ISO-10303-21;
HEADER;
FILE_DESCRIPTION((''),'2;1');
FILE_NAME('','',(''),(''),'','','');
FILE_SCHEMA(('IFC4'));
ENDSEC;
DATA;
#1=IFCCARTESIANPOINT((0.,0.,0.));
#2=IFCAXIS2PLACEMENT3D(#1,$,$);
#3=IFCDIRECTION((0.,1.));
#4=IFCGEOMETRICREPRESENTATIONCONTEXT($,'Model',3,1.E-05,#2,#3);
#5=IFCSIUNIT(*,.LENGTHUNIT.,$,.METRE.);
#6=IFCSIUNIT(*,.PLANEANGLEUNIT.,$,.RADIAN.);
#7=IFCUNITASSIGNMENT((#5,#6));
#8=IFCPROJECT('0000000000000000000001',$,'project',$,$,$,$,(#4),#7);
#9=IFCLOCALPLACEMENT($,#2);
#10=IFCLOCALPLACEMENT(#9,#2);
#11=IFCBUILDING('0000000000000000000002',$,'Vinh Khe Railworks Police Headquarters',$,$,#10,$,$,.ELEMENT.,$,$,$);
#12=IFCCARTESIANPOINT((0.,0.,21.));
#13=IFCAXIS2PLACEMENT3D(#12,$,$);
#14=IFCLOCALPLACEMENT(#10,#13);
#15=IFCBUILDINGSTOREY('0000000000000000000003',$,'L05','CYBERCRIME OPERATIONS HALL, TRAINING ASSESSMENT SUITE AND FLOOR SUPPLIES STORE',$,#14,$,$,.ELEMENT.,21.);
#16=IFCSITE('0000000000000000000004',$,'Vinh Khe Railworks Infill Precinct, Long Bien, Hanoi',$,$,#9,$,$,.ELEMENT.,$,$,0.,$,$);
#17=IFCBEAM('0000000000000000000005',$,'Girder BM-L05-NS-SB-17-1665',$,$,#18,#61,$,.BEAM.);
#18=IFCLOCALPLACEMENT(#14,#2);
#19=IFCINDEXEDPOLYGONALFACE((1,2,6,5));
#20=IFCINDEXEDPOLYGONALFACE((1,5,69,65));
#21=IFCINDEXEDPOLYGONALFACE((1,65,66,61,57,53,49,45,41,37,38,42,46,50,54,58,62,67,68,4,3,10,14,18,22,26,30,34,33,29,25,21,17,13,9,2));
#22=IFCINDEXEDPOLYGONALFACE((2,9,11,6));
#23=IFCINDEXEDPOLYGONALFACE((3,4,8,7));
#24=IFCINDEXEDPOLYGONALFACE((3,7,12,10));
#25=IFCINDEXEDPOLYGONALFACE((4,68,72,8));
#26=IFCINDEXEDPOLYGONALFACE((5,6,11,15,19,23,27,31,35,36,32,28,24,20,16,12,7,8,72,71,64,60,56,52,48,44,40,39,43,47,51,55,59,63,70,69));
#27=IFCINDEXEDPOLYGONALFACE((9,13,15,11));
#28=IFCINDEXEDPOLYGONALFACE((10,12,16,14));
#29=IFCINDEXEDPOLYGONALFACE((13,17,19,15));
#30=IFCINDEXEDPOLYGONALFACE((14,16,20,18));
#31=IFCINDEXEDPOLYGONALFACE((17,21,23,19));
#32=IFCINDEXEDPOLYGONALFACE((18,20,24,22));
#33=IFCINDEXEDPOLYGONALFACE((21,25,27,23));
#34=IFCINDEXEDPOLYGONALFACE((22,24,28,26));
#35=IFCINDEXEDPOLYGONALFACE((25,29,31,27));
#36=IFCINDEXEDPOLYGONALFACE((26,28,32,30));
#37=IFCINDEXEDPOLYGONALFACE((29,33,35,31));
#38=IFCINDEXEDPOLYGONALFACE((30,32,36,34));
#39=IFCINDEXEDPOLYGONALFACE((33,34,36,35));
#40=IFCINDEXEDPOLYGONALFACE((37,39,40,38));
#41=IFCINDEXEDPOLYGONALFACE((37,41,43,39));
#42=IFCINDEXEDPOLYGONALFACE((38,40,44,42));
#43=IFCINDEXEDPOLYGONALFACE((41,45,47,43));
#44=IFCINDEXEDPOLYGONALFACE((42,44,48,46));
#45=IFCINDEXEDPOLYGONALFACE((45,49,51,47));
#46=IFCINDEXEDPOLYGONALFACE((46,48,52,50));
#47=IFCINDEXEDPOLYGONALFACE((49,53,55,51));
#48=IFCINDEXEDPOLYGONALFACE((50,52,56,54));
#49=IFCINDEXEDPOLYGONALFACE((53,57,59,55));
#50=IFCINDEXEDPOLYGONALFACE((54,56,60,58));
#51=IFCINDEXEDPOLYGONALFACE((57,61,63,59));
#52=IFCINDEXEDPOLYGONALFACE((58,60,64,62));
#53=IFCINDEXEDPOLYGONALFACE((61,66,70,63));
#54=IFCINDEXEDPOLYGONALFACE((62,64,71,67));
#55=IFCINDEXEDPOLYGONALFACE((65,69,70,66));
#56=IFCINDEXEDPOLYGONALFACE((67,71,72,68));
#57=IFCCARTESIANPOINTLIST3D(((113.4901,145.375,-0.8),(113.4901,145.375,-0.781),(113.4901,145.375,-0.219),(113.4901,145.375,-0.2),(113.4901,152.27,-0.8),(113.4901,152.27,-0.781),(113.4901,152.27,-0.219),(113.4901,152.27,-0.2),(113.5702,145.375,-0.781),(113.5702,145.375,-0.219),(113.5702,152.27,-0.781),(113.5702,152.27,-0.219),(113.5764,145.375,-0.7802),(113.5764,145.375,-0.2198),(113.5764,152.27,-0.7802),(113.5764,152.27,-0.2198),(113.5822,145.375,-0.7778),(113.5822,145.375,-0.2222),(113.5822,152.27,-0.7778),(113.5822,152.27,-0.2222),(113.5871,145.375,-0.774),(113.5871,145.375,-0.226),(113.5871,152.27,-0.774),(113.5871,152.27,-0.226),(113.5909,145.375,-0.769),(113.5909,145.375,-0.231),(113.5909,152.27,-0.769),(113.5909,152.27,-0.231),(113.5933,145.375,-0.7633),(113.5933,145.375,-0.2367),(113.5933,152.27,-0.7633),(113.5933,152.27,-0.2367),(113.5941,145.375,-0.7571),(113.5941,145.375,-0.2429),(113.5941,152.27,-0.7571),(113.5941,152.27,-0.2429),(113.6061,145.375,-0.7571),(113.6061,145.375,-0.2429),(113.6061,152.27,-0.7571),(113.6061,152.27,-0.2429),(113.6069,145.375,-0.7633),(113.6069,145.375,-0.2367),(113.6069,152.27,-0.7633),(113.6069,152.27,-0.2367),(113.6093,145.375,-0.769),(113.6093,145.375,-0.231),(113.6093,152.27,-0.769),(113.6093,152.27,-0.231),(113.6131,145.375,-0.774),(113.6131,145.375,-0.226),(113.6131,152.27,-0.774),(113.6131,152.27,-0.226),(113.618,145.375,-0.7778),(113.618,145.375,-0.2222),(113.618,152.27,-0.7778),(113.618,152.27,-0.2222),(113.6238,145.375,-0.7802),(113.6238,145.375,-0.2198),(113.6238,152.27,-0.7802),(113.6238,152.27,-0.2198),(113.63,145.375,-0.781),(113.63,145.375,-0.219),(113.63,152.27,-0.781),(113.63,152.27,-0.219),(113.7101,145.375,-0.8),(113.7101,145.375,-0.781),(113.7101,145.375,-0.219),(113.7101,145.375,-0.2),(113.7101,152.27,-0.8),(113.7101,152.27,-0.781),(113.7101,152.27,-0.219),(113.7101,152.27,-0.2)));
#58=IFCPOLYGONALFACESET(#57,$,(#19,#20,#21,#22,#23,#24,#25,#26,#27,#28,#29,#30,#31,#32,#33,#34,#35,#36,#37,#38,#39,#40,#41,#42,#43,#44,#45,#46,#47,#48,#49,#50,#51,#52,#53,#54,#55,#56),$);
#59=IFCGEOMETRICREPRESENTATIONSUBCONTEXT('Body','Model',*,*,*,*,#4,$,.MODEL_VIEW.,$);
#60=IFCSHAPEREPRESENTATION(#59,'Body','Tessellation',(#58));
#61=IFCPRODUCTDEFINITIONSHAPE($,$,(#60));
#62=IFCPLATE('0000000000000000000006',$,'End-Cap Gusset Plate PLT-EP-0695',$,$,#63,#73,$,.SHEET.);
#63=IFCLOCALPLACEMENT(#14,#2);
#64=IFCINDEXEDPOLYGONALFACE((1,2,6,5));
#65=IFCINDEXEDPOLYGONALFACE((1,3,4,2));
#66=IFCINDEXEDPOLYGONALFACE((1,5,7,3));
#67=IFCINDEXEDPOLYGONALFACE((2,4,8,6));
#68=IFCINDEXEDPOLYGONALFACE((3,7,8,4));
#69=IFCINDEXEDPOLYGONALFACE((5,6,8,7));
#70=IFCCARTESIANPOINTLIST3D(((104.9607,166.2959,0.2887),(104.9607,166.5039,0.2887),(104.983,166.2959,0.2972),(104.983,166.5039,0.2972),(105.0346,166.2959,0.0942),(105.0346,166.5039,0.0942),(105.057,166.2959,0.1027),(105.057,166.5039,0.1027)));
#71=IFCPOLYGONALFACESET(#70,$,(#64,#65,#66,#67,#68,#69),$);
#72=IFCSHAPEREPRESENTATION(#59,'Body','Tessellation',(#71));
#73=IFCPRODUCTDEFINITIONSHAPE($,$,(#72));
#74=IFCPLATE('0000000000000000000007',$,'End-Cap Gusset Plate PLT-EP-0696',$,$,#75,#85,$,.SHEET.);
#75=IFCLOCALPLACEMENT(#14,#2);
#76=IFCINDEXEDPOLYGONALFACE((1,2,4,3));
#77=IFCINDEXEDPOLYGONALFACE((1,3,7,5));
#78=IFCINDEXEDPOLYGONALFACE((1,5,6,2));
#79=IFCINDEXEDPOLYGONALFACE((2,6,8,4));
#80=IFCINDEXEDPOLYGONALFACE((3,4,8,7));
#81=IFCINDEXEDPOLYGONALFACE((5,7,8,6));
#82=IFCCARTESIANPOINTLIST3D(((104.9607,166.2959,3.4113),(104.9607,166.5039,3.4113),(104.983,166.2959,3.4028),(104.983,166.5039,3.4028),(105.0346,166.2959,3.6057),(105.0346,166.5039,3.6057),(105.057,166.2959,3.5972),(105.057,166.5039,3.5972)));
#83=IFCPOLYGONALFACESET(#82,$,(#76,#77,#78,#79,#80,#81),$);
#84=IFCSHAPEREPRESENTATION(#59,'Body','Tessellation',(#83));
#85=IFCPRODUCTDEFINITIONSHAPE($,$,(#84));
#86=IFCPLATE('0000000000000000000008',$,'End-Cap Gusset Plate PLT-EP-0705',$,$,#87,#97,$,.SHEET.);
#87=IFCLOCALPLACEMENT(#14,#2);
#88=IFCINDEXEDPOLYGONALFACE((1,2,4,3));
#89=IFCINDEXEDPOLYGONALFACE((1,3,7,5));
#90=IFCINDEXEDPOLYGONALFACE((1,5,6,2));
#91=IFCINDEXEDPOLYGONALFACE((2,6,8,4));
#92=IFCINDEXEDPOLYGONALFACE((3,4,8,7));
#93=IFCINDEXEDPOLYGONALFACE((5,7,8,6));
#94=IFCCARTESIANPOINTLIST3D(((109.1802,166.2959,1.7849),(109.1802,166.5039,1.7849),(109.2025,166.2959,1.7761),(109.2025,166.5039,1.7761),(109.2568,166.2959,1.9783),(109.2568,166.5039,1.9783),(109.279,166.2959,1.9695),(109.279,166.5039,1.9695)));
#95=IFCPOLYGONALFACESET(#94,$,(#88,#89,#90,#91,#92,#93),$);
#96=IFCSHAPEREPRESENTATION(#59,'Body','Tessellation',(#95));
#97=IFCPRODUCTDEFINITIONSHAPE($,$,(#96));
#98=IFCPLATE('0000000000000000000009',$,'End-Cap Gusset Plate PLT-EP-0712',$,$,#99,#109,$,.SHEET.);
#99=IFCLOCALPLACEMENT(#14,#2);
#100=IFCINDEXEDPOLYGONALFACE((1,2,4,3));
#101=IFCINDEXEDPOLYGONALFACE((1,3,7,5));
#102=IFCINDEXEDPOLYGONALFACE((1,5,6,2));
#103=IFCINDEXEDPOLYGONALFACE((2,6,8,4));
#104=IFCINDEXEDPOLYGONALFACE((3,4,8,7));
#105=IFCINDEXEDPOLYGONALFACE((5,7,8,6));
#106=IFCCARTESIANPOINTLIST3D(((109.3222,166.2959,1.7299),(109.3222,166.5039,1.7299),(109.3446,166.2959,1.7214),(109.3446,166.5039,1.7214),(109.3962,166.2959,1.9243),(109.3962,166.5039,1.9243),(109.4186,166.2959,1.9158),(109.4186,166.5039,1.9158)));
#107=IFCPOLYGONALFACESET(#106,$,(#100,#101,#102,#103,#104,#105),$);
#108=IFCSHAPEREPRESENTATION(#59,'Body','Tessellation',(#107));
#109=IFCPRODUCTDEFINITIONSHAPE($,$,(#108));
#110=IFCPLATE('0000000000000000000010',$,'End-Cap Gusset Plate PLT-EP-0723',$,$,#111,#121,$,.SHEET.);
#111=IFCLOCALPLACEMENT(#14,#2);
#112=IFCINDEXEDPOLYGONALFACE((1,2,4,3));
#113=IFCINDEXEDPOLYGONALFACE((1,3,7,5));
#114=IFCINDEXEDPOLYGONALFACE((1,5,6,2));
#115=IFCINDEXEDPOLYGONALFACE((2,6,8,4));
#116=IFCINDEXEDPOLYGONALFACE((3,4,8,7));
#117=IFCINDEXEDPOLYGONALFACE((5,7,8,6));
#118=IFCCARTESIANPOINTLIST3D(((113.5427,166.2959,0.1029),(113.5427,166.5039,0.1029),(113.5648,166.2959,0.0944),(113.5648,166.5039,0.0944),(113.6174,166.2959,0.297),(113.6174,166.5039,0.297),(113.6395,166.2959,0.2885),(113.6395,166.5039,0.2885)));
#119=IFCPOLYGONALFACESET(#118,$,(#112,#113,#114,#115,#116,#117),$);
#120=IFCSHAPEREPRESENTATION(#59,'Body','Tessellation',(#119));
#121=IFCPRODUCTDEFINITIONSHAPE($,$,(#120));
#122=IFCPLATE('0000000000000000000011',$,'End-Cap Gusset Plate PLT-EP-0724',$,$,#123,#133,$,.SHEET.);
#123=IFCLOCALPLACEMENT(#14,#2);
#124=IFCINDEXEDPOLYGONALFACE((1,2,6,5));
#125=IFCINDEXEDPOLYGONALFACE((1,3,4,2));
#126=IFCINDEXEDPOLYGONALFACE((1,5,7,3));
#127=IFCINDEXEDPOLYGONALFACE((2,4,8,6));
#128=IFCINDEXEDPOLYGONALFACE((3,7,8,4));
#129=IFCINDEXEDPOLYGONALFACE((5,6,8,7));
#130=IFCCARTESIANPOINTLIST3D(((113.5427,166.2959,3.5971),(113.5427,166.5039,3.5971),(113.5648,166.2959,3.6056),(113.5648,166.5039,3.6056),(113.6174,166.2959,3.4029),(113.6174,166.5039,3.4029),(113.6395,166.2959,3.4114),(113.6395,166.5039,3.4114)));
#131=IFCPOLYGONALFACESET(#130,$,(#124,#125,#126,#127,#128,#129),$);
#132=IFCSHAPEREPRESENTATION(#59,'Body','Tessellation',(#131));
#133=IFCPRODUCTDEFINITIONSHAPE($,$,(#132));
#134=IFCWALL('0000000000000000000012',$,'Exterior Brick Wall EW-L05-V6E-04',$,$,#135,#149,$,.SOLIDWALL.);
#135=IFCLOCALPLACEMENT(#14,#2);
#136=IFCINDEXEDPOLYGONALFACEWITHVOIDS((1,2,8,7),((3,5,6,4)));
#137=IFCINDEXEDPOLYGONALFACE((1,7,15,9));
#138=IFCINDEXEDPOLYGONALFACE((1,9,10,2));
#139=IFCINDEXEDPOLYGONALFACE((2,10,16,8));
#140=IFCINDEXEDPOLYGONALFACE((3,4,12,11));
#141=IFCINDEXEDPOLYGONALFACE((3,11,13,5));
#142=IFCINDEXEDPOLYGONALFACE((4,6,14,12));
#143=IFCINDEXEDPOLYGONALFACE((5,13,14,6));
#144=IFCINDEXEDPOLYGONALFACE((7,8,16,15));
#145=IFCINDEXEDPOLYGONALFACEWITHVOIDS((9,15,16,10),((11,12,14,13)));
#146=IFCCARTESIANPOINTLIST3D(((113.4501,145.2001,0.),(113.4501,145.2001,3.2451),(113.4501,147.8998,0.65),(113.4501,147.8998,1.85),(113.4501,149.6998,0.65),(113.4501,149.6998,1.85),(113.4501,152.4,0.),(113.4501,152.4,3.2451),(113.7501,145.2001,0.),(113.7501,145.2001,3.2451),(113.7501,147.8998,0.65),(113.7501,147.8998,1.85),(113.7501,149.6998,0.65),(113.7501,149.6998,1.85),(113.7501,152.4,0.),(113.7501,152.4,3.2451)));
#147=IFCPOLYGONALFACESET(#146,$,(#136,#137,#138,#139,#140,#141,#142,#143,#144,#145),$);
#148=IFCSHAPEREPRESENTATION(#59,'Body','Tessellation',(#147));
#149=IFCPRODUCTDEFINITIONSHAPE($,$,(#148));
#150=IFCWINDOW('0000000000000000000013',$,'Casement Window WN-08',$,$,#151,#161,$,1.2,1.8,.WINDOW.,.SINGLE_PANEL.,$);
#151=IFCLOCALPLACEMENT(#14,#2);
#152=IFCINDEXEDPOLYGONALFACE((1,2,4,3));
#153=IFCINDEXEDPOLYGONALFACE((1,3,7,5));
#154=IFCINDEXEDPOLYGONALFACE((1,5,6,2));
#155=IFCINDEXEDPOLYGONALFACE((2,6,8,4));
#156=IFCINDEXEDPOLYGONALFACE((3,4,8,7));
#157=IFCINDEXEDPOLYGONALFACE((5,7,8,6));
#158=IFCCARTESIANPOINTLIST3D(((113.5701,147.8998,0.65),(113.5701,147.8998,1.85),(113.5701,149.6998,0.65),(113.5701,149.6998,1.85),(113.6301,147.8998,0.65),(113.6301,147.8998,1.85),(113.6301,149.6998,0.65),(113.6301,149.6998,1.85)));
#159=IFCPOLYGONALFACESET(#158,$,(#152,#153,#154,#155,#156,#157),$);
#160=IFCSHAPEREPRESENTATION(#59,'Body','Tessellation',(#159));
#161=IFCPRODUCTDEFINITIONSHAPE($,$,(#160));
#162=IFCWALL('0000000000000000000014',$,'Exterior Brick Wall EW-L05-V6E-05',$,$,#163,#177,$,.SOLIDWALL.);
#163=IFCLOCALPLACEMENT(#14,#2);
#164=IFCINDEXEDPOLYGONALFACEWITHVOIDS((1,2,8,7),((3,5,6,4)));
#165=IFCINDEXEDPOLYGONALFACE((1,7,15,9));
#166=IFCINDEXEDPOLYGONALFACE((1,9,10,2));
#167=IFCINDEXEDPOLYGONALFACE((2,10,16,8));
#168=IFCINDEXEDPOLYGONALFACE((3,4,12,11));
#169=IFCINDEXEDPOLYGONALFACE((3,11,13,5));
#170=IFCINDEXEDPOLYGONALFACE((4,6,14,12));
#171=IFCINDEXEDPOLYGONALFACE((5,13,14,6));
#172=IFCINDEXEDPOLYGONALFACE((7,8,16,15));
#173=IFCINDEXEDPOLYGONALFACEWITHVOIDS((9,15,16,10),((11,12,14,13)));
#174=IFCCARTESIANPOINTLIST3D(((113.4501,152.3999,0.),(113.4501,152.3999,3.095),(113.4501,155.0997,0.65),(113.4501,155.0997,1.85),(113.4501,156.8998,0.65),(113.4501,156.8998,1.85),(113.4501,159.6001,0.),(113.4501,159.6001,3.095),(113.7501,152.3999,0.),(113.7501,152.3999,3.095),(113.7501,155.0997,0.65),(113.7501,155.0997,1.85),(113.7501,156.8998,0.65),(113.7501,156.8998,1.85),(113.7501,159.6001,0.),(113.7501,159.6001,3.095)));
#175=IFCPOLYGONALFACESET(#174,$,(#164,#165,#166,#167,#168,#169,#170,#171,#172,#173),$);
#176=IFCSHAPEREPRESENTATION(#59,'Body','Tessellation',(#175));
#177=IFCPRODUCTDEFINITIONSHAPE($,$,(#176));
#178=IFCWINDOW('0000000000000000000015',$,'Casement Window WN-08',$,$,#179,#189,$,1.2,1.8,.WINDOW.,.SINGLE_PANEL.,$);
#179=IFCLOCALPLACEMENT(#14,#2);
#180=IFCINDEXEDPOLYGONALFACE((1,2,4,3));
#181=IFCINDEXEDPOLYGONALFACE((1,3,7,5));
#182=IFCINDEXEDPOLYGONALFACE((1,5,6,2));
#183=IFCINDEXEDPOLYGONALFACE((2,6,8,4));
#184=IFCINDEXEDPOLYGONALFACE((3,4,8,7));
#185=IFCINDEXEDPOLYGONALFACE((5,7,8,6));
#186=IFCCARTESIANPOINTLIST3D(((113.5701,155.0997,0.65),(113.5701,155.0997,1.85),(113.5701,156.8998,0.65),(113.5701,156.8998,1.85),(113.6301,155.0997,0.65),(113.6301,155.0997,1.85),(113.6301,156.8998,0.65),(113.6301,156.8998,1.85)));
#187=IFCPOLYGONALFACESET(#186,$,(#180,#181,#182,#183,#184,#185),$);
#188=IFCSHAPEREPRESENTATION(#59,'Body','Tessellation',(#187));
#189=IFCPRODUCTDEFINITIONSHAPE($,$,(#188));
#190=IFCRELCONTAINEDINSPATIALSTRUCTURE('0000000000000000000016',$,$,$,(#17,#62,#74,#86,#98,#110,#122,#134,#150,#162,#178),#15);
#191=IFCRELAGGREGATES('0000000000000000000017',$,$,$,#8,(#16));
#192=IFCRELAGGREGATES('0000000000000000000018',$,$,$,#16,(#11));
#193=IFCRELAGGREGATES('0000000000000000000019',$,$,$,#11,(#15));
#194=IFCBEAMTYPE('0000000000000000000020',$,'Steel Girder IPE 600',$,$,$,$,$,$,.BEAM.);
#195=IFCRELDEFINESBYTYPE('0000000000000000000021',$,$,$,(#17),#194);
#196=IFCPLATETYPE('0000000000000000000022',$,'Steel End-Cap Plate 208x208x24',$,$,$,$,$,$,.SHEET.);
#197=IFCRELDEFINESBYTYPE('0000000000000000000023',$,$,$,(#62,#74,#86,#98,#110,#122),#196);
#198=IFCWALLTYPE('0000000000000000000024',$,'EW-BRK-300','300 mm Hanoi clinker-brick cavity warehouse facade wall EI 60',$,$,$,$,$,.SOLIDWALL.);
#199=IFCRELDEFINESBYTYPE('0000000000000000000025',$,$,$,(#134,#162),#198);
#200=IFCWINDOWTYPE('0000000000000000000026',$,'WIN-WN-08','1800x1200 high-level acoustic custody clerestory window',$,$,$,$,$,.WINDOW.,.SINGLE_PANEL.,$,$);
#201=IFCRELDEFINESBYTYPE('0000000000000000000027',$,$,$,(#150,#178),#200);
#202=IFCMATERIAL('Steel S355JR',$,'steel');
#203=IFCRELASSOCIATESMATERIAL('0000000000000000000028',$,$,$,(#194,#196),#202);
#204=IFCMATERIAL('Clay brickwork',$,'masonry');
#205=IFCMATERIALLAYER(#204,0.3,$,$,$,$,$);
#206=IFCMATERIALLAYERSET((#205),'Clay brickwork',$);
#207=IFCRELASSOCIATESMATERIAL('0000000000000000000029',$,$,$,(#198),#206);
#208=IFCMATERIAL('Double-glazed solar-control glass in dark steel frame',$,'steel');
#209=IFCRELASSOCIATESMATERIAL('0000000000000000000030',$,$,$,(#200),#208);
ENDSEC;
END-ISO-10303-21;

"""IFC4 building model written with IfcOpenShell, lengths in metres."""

from ifc_helpers import new_model, si_unit, direction, frame, frame_2d, origin, origin_2d, place, context, subcontext, project, spatial, rectangle, i_section, extrude, material, layer, layer_set, material_profile, profile_set, type_object, element, fill, save


model = new_model("IFC4")

# Units and contexts
model_context = context("Model", 3, precision=1e-05, world=origin(), true_north=direction((0.0, 1.0)))
body_context = subcontext(model_context, "Body", "Model", "MODEL_VIEW")
ifc_project = project(units=[si_unit("LENGTHUNIT", "METRE"), si_unit("PLANEANGLEUNIT", "RADIAN")], contexts=[model_context])

# Site, building, storey
site_placement = place(None, origin())
site = spatial("IfcSite", under=ifc_project, at=site_placement, Name="Vinh Khe Railworks Infill Precinct, Long Bien, Hanoi", CompositionType="ELEMENT", RefElevation=0.0)
building_placement = place(site_placement, origin())
building = spatial("IfcBuilding", under=site, at=building_placement, Name="Vinh Khe Railworks Police Headquarters", CompositionType="ELEMENT")
storey_placement = place(building_placement, frame((0.0, 0.0, 21.0)))
storey = spatial("IfcBuildingStorey", under=building, at=storey_placement, Name="L05", Description="CYBERCRIME OPERATIONS HALL, TRAINING ASSESSMENT SUITE AND FLOOR SUPPLIES STORE", CompositionType="ELEMENT", Elevation=21.0)

# Shared definitions
ifc_material_1 = material(Name="Steel S355JR", Category="steel")

# Beam
ifc_material_profile_1 = material_profile(ifc_material_1, i_section(OverallWidth=0.22, OverallDepth=0.6001, WebThickness=0.012, FlangeThickness=0.019, FilletRadius=0.0239, at=origin_2d()), Name="IPE 600")
ifc_profile_set_1 = profile_set([ifc_material_profile_1], Name="Steel S355JR")
beam_type_1 = type_object("IfcBeamType", Name="Steel Girder IPE 600", PredefinedType="BEAM", material=ifc_profile_set_1)
beam_1_placement = place(storey_placement, frame((113.6001, 145.375, -0.5), z_axis=(0.0, 1.0, 0.0), x_axis=(-1.0, 0.0, 0.0)))
element("IfcBeam", 1, at=beam_1_placement, inside=storey, type_object=beam_type_1, Name="Girder BM-L05-NS-SB-17-1665", PredefinedType="BEAM", context=body_context, shape_type="SweptSolid", body=[
    extrude(i_section(OverallWidth=0.22, OverallDepth=0.6001, WebThickness=0.012, FlangeThickness=0.019, FilletRadius=0.0239, at=origin_2d()), origin(), (0.0, 0.0, 1.0), 6.895),
])

# Plates
ifc_material_profile_2 = material_profile(ifc_material_1, rectangle(XDim=0.208, YDim=0.208, at=origin_2d()), Name="PL 208x208")
ifc_profile_set_2 = profile_set([ifc_material_profile_2], Name="Steel S355JR")
plate_type = type_object("IfcPlateType", Name="Steel End-Cap Plate 208x208x24", PredefinedType="SHEET", material=ifc_profile_set_2)
for number, where, z_axis, x_axis, name in (
    (2, (105.02, 166.3999, 0.2), (-0.934649, 0.0, -0.355573), (0.0, -1.0, 0.0), "End-Cap Gusset Plate PLT-EP-0695"),
    (3, (105.02, 166.3999, 3.5), (-0.934649, 0.0, 0.355573), (0.0, -1.0, 0.0), "End-Cap Gusset Plate PLT-EP-0696"),
    (4, (109.2185, 166.3999, 1.8816), (0.929879, 0.0, -0.367864), (0.0, 1.0, 0.0), "End-Cap Gusset Plate PLT-EP-0705"),
    (5, (109.3816, 166.3999, 1.8186), (-0.934649, 0.0, 0.355573), (0.0, -1.0, 0.0), "End-Cap Gusset Plate PLT-EP-0712"),
):
    element("IfcPlate", number, at=place(storey_placement, frame(where, z_axis=z_axis, x_axis=x_axis)), inside=storey, type_object=plate_type, Name=name, PredefinedType="SHEET", context=body_context, shape_type="SweptSolid", body=[
        extrude(rectangle(XDim=0.208, YDim=0.208, at=origin_2d()), origin(), (0.0, 0.0, 1.0), 0.0239),
    ])
for number, where, z_axis, x_axis, name in (
    (6, (113.5801, 166.3999, 0.2), (0.933346, 0.0, -0.358979), (0.0, 1.0, 0.0), "End-Cap Gusset Plate PLT-EP-0723"),
    (7, (113.5801, 166.3999, 3.5), (0.933346, 0.0, 0.358979), (0.0, 1.0, 0.0), "End-Cap Gusset Plate PLT-EP-0724"),
):
    element("IfcPlate", number, at=place(storey_placement, frame(where, z_axis=z_axis, x_axis=x_axis)), inside=storey, type_object=plate_type, Name=name, PredefinedType="SHEET", context=body_context, shape_type="SweptSolid", body=[
        extrude(rectangle(XDim=0.208, YDim=0.208, at=origin_2d()), origin(), (0.0, 0.0, 1.0), 0.0237),
    ])

# Walls, openings, windows
ifc_material_2 = material(Name="Clay brickwork", Category="masonry")
ifc_layer = layer(ifc_material_2, 0.3)
ifc_layer_set = layer_set([ifc_layer], Name="Clay brickwork")
wall_type = type_object("IfcWallType", Name="EW-BRK-300", Description="300 mm Hanoi clinker-brick cavity warehouse facade wall EI 60", PredefinedType="SOLIDWALL", material=ifc_layer_set)
wall_1_placement = place(storey_placement, frame((113.6001, 145.2, 0.0), z_axis=(0.0, 0.0, 1.0), x_axis=(0.0, 1.0, 0.0)))
wall_1 = element("IfcWall", 8, at=wall_1_placement, inside=storey, type_object=wall_type, Name="Exterior Brick Wall EW-L05-V6E-04", PredefinedType="SOLIDWALL", context=body_context, shape_type="SweptSolid", body=[
    extrude(rectangle(XDim=7.2, YDim=0.3, at=frame_2d((3.6001, 0.0))), origin(), (0.0, 0.0, 1.0), 3.2451),
])
opening_1_placement = place(wall_1_placement, frame((2.7, 0.0, 0.6499)))
opening_1 = element("IfcOpeningElement", 9, at=opening_1_placement, cuts=wall_1, PredefinedType="OPENING", context=body_context, shape_type="SweptSolid", body=[
    extrude(rectangle(XDim=1.8, YDim=1.2, at=frame_2d((0.8999, 0.6001))), frame((0.0, 0.165, 0.0), z_axis=(0.0, -1.0, 0.0), x_axis=(1.0, 0.0, 0.0)), (0.0, 0.0, 1.0), 0.3298),
])
ifc_material_3 = material(Name="Double-glazed solar-control glass in dark steel frame", Category="steel")
window_type = type_object("IfcWindowType", Name="WIN-WN-08", Description="1800x1200 high-level acoustic custody clerestory window", PartitioningType="SINGLE_PANEL", PredefinedType="WINDOW", material=ifc_material_3)
window_1_placement = place(opening_1_placement, origin())
window_1 = element("IfcWindow", 10, at=window_1_placement, inside=storey, type_object=window_type, Name="Casement Window WN-08", OverallHeight=1.2, OverallWidth=1.8, PartitioningType="SINGLE_PANEL", PredefinedType="WINDOW", context=body_context, shape_type="SweptSolid", body=[
    extrude(rectangle(XDim=1.8, YDim=1.2, at=frame_2d((0.8999, 0.6001))), frame((0.0, 0.03, 0.0), z_axis=(0.0, -1.0, 0.0), x_axis=(1.0, 0.0, 0.0)), (0.0, 0.0, 1.0), 0.0601),
])
fill(opening_1, window_1)
wall_2_placement = place(storey_placement, frame((113.6001, 152.3999, 0.0), z_axis=(0.0, 0.0, 1.0), x_axis=(0.0, 1.0, 0.0)))
wall_2 = element("IfcWall", 11, at=wall_2_placement, inside=storey, type_object=wall_type, Name="Exterior Brick Wall EW-L05-V6E-05", PredefinedType="SOLIDWALL", context=body_context, shape_type="SweptSolid", body=[
    extrude(rectangle(XDim=7.2002, YDim=0.3, at=frame_2d((3.6001, 0.0))), origin(), (0.0, 0.0, 1.0), 3.095),
])
opening_2_placement = place(wall_2_placement, frame((2.7, 0.0, 0.6499)))
opening_2 = element("IfcOpeningElement", 12, at=opening_2_placement, cuts=wall_2, PredefinedType="OPENING", context=body_context, shape_type="SweptSolid", body=[
    extrude(rectangle(XDim=1.8, YDim=1.2, at=frame_2d((0.8999, 0.6001))), frame((0.0, 0.165, 0.0), z_axis=(0.0, -1.0, 0.0), x_axis=(1.0, 0.0, 0.0)), (0.0, 0.0, 1.0), 0.3298),
])
window_2_placement = place(opening_2_placement, origin())
window_2 = element("IfcWindow", 13, at=window_2_placement, inside=storey, type_object=window_type, Name="Casement Window WN-08", OverallHeight=1.2, OverallWidth=1.8, PartitioningType="SINGLE_PANEL", PredefinedType="WINDOW", context=body_context, shape_type="SweptSolid", body=[
    extrude(rectangle(XDim=1.8, YDim=1.2, at=frame_2d((0.8999, 0.6001))), frame((0.0, 0.03, 0.0), z_axis=(0.0, -1.0, 0.0), x_axis=(1.0, 0.0, 0.0)), (0.0, 0.0, 1.0), 0.0601),
])
fill(opening_2, window_2)

save(model, "model.ifc")
